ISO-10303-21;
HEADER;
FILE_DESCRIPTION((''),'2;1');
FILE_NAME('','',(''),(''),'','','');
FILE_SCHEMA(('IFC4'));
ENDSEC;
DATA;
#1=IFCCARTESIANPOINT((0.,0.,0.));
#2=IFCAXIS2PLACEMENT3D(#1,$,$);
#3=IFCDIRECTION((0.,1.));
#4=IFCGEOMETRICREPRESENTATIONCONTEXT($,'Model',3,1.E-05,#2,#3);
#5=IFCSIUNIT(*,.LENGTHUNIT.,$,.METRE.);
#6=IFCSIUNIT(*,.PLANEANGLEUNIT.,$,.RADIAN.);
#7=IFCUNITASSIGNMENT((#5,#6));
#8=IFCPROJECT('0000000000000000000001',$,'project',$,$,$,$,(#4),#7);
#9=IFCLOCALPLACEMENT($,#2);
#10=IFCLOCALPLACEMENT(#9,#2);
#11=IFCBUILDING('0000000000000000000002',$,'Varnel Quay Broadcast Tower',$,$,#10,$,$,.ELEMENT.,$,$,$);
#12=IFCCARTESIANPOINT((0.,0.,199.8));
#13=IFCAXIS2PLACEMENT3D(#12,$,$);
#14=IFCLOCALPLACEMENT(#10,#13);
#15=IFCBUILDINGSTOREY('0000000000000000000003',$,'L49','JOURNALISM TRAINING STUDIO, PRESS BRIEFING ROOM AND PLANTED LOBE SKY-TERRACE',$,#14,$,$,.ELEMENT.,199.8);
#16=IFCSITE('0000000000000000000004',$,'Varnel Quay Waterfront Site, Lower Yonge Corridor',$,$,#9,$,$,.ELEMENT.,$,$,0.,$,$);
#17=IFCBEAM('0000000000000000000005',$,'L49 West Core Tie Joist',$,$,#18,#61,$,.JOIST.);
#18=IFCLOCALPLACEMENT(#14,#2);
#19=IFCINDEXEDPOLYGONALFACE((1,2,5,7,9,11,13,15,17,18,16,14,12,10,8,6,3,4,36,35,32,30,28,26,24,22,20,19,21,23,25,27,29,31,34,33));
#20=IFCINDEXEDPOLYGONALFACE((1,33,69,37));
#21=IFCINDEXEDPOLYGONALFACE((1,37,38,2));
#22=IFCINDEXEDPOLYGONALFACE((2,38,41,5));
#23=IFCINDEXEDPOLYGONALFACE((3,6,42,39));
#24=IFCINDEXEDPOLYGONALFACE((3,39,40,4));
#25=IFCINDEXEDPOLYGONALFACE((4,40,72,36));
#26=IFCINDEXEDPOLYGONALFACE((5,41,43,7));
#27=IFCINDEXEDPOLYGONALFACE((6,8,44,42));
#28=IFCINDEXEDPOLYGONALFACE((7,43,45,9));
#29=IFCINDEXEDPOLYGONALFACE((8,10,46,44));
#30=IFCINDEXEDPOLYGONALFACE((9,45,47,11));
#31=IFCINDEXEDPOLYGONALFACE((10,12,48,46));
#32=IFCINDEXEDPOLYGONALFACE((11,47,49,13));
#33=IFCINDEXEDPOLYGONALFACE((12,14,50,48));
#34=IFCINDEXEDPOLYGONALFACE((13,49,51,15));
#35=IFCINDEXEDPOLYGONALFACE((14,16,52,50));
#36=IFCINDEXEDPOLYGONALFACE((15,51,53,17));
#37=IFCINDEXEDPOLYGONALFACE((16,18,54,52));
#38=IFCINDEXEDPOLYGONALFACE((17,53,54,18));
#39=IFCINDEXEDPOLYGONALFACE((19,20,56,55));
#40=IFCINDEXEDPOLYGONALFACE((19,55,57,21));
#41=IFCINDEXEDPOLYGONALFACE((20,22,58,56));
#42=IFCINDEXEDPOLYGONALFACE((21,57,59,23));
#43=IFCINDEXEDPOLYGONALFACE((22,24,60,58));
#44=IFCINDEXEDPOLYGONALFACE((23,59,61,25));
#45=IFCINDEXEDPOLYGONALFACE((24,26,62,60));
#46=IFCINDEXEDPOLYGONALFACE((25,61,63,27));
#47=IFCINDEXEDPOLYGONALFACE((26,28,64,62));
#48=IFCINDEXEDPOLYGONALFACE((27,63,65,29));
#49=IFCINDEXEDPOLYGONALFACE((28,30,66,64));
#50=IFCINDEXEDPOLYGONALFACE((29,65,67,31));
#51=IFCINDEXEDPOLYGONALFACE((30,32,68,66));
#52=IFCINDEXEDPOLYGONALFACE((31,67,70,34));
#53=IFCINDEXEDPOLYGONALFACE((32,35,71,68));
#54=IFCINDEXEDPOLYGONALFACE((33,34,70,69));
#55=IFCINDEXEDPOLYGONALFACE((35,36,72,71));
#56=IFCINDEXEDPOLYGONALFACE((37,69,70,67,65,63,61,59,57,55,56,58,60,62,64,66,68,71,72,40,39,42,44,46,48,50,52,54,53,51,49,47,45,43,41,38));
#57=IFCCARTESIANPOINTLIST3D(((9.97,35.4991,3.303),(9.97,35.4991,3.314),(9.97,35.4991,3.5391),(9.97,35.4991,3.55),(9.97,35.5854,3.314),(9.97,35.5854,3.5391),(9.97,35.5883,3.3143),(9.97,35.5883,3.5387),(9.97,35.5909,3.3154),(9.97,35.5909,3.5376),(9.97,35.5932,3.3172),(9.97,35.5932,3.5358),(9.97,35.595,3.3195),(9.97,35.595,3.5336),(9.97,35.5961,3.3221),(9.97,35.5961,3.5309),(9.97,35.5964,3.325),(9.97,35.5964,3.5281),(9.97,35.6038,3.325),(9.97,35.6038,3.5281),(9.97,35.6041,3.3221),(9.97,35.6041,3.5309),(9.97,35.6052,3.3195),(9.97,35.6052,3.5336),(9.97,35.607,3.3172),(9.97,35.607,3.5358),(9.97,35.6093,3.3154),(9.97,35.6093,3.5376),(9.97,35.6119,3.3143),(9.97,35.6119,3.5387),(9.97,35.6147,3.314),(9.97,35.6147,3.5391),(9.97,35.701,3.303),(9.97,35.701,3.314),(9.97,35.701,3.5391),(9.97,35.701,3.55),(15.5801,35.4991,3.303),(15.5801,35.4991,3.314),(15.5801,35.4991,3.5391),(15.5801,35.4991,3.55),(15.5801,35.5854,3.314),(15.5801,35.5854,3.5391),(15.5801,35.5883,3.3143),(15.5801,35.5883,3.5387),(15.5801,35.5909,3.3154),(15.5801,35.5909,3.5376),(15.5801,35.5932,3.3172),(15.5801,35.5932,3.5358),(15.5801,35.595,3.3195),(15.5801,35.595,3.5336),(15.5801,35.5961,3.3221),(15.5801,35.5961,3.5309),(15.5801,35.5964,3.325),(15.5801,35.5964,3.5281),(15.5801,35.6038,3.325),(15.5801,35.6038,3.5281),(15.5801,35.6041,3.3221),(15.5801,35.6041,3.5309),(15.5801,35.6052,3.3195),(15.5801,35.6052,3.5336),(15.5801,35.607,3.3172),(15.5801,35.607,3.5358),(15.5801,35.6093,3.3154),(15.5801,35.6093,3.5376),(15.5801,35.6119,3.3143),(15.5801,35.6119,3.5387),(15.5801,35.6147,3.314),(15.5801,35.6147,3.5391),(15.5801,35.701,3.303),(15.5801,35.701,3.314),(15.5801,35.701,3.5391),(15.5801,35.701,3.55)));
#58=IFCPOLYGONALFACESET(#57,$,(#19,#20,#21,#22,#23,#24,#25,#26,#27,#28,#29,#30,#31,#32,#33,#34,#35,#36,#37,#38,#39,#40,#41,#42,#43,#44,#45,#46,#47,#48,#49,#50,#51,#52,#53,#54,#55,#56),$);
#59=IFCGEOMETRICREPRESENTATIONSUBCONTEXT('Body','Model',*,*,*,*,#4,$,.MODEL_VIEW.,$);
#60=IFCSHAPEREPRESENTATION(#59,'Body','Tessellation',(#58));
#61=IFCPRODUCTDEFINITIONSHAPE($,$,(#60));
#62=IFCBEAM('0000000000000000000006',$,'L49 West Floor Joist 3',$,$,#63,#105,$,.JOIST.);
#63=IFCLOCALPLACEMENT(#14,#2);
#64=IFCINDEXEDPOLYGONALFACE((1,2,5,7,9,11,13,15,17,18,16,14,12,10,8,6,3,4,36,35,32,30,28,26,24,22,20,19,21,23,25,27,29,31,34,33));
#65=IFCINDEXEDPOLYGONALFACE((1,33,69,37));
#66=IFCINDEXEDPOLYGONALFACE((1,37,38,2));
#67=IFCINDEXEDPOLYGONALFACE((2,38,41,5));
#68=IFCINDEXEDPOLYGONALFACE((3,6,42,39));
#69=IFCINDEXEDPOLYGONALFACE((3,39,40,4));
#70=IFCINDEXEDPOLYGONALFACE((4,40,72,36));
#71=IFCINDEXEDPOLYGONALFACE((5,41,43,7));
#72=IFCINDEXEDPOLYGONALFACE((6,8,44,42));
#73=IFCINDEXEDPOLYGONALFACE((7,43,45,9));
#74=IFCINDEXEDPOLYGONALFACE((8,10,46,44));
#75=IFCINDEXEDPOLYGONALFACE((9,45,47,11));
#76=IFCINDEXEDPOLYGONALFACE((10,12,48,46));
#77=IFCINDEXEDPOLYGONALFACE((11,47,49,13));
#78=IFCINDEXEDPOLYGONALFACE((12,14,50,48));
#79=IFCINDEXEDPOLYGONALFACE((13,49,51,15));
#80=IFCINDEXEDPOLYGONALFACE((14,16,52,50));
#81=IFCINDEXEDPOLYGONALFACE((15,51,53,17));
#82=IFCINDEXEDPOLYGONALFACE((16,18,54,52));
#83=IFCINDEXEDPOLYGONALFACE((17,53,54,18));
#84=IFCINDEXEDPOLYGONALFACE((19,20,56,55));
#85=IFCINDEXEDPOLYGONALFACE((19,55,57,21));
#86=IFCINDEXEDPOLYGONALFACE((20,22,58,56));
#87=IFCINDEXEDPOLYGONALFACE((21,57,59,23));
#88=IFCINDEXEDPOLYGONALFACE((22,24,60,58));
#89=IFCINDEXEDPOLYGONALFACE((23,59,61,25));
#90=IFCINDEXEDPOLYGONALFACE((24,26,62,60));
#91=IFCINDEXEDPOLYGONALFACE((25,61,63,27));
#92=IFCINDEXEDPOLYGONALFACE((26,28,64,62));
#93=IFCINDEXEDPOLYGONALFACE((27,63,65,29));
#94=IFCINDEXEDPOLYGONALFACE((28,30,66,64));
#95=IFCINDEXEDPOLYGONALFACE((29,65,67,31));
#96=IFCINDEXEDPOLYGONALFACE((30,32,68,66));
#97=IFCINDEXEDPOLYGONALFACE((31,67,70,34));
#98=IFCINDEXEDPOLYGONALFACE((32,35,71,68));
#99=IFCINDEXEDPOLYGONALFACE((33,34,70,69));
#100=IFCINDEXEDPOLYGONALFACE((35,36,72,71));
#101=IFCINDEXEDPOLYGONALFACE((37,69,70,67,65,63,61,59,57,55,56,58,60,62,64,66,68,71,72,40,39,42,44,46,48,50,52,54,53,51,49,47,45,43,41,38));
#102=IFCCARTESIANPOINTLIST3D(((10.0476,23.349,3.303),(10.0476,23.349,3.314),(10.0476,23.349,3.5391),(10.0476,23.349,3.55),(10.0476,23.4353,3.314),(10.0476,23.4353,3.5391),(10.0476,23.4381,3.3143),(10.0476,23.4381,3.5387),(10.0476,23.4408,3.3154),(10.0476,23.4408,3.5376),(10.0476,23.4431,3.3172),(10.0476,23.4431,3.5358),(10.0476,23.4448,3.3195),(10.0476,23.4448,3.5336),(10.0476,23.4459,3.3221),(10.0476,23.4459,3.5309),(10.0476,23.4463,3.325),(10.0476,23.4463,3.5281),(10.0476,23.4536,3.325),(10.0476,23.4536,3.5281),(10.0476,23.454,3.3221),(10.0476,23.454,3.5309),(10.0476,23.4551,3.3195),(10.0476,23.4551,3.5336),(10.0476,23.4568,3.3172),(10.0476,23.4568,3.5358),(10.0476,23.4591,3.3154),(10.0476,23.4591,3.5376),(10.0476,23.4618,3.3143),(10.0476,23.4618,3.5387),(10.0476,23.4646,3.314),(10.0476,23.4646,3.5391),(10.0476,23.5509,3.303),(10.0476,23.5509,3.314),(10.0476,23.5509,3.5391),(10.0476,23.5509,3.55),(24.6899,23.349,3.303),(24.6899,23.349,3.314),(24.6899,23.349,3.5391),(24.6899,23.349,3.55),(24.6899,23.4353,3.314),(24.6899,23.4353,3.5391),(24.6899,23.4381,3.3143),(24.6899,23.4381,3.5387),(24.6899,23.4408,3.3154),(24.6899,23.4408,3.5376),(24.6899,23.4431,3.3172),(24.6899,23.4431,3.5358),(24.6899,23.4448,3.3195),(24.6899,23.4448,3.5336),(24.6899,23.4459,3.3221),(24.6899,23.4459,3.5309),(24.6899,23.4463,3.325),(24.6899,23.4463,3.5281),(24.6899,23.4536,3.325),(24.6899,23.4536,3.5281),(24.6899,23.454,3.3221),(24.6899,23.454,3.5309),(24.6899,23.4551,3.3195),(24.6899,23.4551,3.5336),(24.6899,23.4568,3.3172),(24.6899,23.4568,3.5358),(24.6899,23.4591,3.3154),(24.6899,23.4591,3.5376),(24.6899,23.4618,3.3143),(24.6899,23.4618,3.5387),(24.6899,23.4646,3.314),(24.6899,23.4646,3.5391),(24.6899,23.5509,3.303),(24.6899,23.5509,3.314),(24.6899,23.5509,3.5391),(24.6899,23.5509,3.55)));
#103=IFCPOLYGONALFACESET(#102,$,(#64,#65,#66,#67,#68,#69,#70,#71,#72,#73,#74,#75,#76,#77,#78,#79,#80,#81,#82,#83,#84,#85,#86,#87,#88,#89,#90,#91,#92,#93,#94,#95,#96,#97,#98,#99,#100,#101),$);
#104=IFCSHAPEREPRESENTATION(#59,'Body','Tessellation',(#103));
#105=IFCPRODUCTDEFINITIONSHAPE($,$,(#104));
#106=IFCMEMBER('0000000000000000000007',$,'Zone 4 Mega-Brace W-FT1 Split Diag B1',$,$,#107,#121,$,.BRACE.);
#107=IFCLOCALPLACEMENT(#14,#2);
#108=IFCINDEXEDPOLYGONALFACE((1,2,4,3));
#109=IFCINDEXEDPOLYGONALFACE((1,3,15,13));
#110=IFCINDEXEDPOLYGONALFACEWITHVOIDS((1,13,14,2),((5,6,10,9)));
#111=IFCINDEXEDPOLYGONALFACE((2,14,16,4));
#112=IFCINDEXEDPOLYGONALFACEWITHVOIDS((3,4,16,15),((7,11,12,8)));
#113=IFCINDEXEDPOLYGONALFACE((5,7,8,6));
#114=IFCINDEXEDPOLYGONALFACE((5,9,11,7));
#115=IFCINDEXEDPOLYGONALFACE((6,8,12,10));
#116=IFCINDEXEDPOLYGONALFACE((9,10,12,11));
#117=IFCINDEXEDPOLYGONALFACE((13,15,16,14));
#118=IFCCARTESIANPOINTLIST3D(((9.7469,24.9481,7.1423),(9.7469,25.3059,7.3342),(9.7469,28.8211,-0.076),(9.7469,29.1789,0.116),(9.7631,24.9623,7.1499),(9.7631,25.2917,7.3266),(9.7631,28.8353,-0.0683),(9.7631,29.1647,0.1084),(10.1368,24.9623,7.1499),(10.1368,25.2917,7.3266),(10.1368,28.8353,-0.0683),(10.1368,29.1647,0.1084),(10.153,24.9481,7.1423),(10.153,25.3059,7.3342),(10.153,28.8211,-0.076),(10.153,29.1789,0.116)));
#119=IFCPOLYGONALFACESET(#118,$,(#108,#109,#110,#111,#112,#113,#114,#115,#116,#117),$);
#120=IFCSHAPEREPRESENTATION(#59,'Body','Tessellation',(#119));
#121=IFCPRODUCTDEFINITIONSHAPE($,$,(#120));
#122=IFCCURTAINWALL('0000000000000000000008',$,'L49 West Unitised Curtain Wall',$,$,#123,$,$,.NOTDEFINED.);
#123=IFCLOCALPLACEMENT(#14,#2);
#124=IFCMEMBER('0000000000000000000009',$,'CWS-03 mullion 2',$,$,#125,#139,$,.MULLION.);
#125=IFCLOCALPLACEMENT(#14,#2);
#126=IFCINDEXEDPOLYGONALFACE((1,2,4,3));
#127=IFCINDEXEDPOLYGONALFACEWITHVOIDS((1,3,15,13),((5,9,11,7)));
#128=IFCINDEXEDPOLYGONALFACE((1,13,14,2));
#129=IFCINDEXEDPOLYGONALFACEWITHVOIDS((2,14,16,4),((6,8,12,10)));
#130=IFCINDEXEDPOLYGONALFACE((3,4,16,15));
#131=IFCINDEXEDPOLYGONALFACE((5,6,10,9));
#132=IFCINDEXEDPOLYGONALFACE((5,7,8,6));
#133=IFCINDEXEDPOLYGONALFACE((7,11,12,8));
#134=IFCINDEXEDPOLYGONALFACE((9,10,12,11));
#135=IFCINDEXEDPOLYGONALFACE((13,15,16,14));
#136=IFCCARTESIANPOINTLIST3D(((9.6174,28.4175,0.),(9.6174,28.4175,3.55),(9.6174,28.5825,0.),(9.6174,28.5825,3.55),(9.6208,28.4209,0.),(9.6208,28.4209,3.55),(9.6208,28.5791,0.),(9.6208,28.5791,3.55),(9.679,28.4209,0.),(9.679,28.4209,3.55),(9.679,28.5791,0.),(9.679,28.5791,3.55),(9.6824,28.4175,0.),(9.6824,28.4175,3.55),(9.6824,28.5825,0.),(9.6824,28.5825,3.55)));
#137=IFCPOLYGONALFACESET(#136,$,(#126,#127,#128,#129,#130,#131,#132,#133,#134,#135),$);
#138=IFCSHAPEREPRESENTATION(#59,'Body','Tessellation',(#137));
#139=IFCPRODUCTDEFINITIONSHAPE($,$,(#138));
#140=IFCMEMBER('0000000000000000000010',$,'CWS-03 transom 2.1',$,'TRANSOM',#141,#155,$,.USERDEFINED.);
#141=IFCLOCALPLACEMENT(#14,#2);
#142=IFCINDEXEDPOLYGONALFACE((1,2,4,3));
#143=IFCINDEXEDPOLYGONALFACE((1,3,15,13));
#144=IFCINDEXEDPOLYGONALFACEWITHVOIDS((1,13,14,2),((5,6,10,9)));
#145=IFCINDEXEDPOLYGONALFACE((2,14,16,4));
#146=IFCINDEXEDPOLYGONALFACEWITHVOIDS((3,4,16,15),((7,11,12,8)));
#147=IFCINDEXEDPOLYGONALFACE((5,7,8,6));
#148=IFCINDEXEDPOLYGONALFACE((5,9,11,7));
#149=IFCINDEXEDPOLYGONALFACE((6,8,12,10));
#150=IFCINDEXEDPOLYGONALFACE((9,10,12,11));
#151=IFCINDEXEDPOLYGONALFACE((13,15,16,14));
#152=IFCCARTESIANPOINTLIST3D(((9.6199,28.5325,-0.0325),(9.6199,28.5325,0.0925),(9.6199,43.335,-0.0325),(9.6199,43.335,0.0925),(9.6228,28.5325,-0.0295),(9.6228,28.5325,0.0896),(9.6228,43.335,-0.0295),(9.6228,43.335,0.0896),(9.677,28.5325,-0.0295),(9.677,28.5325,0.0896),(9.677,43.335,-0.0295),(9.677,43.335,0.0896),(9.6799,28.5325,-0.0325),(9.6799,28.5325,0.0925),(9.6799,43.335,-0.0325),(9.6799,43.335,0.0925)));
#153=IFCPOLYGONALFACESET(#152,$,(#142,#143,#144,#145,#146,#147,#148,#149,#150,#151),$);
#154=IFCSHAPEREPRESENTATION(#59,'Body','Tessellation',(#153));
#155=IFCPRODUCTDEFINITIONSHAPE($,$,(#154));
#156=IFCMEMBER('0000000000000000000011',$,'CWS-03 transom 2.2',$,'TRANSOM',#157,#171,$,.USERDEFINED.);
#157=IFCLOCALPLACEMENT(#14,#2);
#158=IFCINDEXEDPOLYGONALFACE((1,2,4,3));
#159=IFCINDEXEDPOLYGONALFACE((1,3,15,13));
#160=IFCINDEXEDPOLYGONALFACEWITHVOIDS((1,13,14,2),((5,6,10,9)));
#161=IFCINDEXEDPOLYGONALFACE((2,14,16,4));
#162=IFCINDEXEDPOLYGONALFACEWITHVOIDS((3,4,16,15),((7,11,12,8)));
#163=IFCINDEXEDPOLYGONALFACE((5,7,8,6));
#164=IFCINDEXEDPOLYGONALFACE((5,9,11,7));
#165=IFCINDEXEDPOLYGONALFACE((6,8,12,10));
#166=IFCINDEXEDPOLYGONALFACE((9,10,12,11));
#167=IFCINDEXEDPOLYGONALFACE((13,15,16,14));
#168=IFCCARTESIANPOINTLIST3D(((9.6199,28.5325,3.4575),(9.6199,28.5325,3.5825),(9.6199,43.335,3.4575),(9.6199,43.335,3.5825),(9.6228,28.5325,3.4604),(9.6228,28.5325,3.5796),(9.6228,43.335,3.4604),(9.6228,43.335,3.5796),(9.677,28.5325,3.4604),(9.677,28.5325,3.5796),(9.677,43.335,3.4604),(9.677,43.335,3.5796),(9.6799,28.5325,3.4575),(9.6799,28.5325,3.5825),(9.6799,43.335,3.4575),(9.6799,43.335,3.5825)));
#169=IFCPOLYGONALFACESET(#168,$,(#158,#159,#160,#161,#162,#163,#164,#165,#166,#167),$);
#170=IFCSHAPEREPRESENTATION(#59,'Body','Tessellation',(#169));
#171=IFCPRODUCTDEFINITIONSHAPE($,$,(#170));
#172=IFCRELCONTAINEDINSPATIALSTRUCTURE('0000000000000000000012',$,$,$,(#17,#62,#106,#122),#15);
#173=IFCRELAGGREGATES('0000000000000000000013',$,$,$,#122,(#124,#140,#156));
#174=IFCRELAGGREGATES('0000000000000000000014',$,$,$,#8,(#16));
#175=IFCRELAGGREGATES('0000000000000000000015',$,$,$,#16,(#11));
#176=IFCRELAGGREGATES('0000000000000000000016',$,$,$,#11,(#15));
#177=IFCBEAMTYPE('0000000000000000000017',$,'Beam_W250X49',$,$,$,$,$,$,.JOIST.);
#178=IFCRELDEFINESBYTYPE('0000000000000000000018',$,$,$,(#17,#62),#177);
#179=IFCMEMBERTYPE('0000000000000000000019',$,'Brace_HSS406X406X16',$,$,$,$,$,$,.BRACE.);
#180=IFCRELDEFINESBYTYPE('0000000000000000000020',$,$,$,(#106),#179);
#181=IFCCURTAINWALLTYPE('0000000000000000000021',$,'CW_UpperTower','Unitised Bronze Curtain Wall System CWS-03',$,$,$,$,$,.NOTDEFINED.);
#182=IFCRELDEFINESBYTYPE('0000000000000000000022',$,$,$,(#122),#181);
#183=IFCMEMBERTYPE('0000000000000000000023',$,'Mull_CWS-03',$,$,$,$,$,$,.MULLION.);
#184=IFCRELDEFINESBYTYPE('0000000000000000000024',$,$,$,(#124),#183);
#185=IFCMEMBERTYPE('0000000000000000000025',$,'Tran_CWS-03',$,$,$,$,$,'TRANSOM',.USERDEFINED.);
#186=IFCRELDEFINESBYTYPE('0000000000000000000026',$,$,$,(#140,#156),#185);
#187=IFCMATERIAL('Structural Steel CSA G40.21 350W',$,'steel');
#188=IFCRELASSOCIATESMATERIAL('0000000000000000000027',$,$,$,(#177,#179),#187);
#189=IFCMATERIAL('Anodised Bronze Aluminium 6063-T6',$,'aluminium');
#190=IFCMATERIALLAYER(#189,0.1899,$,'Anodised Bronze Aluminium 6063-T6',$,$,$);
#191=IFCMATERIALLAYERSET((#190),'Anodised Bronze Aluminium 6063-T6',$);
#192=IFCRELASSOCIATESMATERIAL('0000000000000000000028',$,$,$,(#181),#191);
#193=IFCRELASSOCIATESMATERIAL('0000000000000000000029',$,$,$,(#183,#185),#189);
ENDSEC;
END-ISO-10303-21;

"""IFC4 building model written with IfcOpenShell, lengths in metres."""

from ifc_helpers import new_model, si_unit, direction, frame, origin, origin_2d, place, context, subcontext, project, spatial, hollow_rectangle, i_section, extrude, source, transform, mapped, material, layer, layer_set, material_profile, profile_set, type_object, type_shapes, element, aggregate, save


model = new_model("IFC4")

# Units and contexts
model_context = context("Model", 3, precision=1e-05, world=origin(), true_north=direction((0.0, 1.0)))
body_context = subcontext(model_context, "Body", "Model", "MODEL_VIEW")
ifc_project = project(units=[si_unit("LENGTHUNIT", "METRE"), si_unit("PLANEANGLEUNIT", "RADIAN")], contexts=[model_context])

# Site, building, storey
site_placement = place(None, origin())
site = spatial("IfcSite", under=ifc_project, at=site_placement, Name="Varnel Quay Waterfront Site, Lower Yonge Corridor", CompositionType="ELEMENT", RefElevation=0.0)
building_placement = place(site_placement, origin())
building = spatial("IfcBuilding", under=site, at=building_placement, Name="Varnel Quay Broadcast Tower", CompositionType="ELEMENT")
storey_placement = place(building_placement, frame((0.0, 0.0, 199.8)))
storey = spatial("IfcBuildingStorey", under=building, at=storey_placement, Name="L49", Description="JOURNALISM TRAINING STUDIO, PRESS BRIEFING ROOM AND PLANTED LOBE SKY-TERRACE", CompositionType="ELEMENT", Elevation=199.8)

# Shared definitions
ifc_material_1 = material(Name="Structural Steel CSA G40.21 350W", Category="steel")

# Beams
ifc_material_profile_1 = material_profile(ifc_material_1, i_section(OverallWidth=0.2019, OverallDepth=0.2471, WebThickness=0.0073, FlangeThickness=0.011, FilletRadius=0.011, at=origin_2d()), Name="W250X49")
ifc_profile_set_1 = profile_set([ifc_material_profile_1], Name="Structural Steel CSA G40.21 350W")
beam_type_1 = type_object("IfcBeamType", Name="Beam_W250X49", PredefinedType="JOIST", material=ifc_profile_set_1)
shared_shape_1 = source(origin(), body_context, "Body", "SweptSolid", [
    extrude(i_section(OverallWidth=0.2019, OverallDepth=0.2471, WebThickness=0.0073, FlangeThickness=0.011, FilletRadius=0.011, at=origin_2d()), origin(), (0.0, 0.0, 1.0), 5.6101),
])
beam_1_placement = place(storey_placement, frame((9.97, 35.6001, 3.4265), z_axis=(1.0, 0.0, 0.0), x_axis=(0.0, 1.0, 0.0)))
element("IfcBeam", 1, at=beam_1_placement, inside=storey, type_object=beam_type_1, Name="L49 West Core Tie Joist", PredefinedType="JOIST", context=body_context, shape_type="MappedRepresentation", body=[
    mapped(shared_shape_1, transform((0.0, 0.0, 0.0), x_axis=(1.0, 0.0, 0.0), y_axis=(0.0, 1.0, 0.0), z_axis=(0.0, 0.0, 1.0), scale=1.0)),
])
shared_shape_2 = source(origin(), body_context, "Body", "SweptSolid", [
    extrude(i_section(OverallWidth=0.2019, OverallDepth=0.2471, WebThickness=0.0073, FlangeThickness=0.011, FilletRadius=0.011, at=origin_2d()), origin(), (0.0, 0.0, 1.0), 14.6423),
])
type_shapes(beam_type_1, [shared_shape_1, shared_shape_2])
beam_2_placement = place(storey_placement, frame((10.0476, 23.45, 3.4265), z_axis=(1.0, 0.0, 0.0), x_axis=(0.0, 1.0, 0.0)))
element("IfcBeam", 2, at=beam_2_placement, inside=storey, type_object=beam_type_1, Name="L49 West Floor Joist 3", PredefinedType="JOIST", context=body_context, shape_type="MappedRepresentation", body=[
    mapped(shared_shape_2, transform((0.0, 0.0, 0.0), x_axis=(1.0, 0.0, 0.0), y_axis=(0.0, 1.0, 0.0), z_axis=(0.0, 0.0, 1.0), scale=1.0)),
])

# Member
ifc_material_profile_2 = material_profile(ifc_material_1, hollow_rectangle(XDim=0.406, YDim=0.406, WallThickness=0.0161, at=origin_2d()), Name="HSS406X406X16")
ifc_profile_set_2 = profile_set([ifc_material_profile_2], Name="Structural Steel CSA G40.21 350W")
member_type_1 = type_object("IfcMemberType", Name="Brace_HSS406X406X16", PredefinedType="BRACE", material=ifc_profile_set_2)
shared_shape_3 = source(origin(), body_context, "Body", "SweptSolid", [
    extrude(hollow_rectangle(XDim=0.406, YDim=0.406, WallThickness=0.0161, at=origin_2d()), origin(), (0.0, 0.0, 1.0), 8.1917),
])
type_shapes(member_type_1, [shared_shape_3])
member_1_placement = place(storey_placement, frame((9.95, 29.0, 0.02), z_axis=(0.0, -0.472802, 0.881169), x_axis=(1.0, 0.0, 0.0)))
element("IfcMember", 3, at=member_1_placement, inside=storey, type_object=member_type_1, Name="Zone 4 Mega-Brace W-FT1 Split Diag B1", PredefinedType="BRACE", context=body_context, shape_type="MappedRepresentation", body=[
    mapped(shared_shape_3, transform((0.0, 0.0, 0.0), x_axis=(1.0, 0.0, 0.0), y_axis=(0.0, 1.0, 0.0), z_axis=(0.0, 0.0, 1.0), scale=1.0)),
])

# Curtain wall, members
ifc_material_2 = material(Name="Anodised Bronze Aluminium 6063-T6", Category="aluminium")
ifc_layer_1 = layer(ifc_material_2, 0.1899, Name="Anodised Bronze Aluminium 6063-T6")
ifc_layer_set_1 = layer_set([ifc_layer_1], Name="Anodised Bronze Aluminium 6063-T6")
curtain_wall_type = type_object("IfcCurtainWallType", Name="CW_UpperTower", Description="Unitised Bronze Curtain Wall System CWS-03", PredefinedType="NOTDEFINED", material=ifc_layer_set_1)
curtain_wall_placement = place(storey_placement, origin())
curtain_wall = element("IfcCurtainWall", 4, at=curtain_wall_placement, inside=storey, type_object=curtain_wall_type, Name="L49 West Unitised Curtain Wall", PredefinedType="NOTDEFINED")
ifc_material_profile_3 = material_profile(ifc_material_2, hollow_rectangle(XDim=0.0649, YDim=0.165, WallThickness=0.0034, at=origin_2d()), Name="ALU65X165X3.5")
ifc_profile_set_3 = profile_set([ifc_material_profile_3], Name="Anodised Bronze Aluminium 6063-T6")
member_type_2 = type_object("IfcMemberType", Name="Mull_CWS-03", PredefinedType="MULLION", material=ifc_profile_set_3)
shared_shape_4 = source(origin(), body_context, "Body", "SweptSolid", [
    extrude(hollow_rectangle(XDim=0.0649, YDim=0.165, WallThickness=0.0034, at=origin_2d()), origin(), (0.0, 0.0, 1.0), 3.55),
])
type_shapes(member_type_2, [shared_shape_4])
member_2_placement = place(storey_placement, frame((9.6499, 28.5, 0.0), z_axis=(0.0, 0.0, 1.0), x_axis=(-1.0, 0.0, 0.0)))
member_2 = element("IfcMember", 5, at=member_2_placement, type_object=member_type_2, Name="CWS-03 mullion 2", PredefinedType="MULLION", context=body_context, shape_type="MappedRepresentation", body=[
    mapped(shared_shape_4, transform((0.0, 0.0, 0.0), x_axis=(1.0, 0.0, 0.0), y_axis=(0.0, 1.0, 0.0), z_axis=(0.0, 0.0, 1.0), scale=1.0)),
])
ifc_material_profile_4 = material_profile(ifc_material_2, hollow_rectangle(XDim=0.0601, YDim=0.125, WallThickness=0.0029, at=origin_2d()), Name="ALU60X125X3")
ifc_profile_set_4 = profile_set([ifc_material_profile_4], Name="Anodised Bronze Aluminium 6063-T6")
member_type_3 = type_object("IfcMemberType", Name="Tran_CWS-03", ElementType="TRANSOM", PredefinedType="USERDEFINED", material=ifc_profile_set_4)
shared_shape_5 = source(origin(), body_context, "Body", "SweptSolid", [
    extrude(hollow_rectangle(XDim=0.0601, YDim=0.125, WallThickness=0.0029, at=origin_2d()), origin(), (0.0, 0.0, 1.0), 14.8025),
])
type_shapes(member_type_3, [shared_shape_5])
member_3_placement = place(storey_placement, frame((9.6499, 28.5325, 0.03), z_axis=(0.0, 1.0, 0.0), x_axis=(-1.0, 0.0, 0.0)))
member_3 = element("IfcMember", 6, at=member_3_placement, type_object=member_type_3, Name="CWS-03 transom 2.1", ObjectType="TRANSOM", PredefinedType="USERDEFINED", context=body_context, shape_type="MappedRepresentation", body=[
    mapped(shared_shape_5, transform((0.0, 0.0, 0.0), x_axis=(1.0, 0.0, 0.0), y_axis=(0.0, 1.0, 0.0), z_axis=(0.0, 0.0, 1.0), scale=1.0)),
])
member_4_placement = place(storey_placement, frame((9.6499, 28.5325, 3.52), z_axis=(0.0, 1.0, 0.0), x_axis=(-1.0, 0.0, 0.0)))
member_4 = element("IfcMember", 7, at=member_4_placement, type_object=member_type_3, Name="CWS-03 transom 2.2", ObjectType="TRANSOM", PredefinedType="USERDEFINED", context=body_context, shape_type="MappedRepresentation", body=[
    mapped(shared_shape_5, transform((0.0, 0.0, 0.0), x_axis=(1.0, 0.0, 0.0), y_axis=(0.0, 1.0, 0.0), z_axis=(0.0, 0.0, 1.0), scale=1.0)),
])

aggregate(curtain_wall, [member_2, member_3, member_4])

save(model, "model.ifc")
